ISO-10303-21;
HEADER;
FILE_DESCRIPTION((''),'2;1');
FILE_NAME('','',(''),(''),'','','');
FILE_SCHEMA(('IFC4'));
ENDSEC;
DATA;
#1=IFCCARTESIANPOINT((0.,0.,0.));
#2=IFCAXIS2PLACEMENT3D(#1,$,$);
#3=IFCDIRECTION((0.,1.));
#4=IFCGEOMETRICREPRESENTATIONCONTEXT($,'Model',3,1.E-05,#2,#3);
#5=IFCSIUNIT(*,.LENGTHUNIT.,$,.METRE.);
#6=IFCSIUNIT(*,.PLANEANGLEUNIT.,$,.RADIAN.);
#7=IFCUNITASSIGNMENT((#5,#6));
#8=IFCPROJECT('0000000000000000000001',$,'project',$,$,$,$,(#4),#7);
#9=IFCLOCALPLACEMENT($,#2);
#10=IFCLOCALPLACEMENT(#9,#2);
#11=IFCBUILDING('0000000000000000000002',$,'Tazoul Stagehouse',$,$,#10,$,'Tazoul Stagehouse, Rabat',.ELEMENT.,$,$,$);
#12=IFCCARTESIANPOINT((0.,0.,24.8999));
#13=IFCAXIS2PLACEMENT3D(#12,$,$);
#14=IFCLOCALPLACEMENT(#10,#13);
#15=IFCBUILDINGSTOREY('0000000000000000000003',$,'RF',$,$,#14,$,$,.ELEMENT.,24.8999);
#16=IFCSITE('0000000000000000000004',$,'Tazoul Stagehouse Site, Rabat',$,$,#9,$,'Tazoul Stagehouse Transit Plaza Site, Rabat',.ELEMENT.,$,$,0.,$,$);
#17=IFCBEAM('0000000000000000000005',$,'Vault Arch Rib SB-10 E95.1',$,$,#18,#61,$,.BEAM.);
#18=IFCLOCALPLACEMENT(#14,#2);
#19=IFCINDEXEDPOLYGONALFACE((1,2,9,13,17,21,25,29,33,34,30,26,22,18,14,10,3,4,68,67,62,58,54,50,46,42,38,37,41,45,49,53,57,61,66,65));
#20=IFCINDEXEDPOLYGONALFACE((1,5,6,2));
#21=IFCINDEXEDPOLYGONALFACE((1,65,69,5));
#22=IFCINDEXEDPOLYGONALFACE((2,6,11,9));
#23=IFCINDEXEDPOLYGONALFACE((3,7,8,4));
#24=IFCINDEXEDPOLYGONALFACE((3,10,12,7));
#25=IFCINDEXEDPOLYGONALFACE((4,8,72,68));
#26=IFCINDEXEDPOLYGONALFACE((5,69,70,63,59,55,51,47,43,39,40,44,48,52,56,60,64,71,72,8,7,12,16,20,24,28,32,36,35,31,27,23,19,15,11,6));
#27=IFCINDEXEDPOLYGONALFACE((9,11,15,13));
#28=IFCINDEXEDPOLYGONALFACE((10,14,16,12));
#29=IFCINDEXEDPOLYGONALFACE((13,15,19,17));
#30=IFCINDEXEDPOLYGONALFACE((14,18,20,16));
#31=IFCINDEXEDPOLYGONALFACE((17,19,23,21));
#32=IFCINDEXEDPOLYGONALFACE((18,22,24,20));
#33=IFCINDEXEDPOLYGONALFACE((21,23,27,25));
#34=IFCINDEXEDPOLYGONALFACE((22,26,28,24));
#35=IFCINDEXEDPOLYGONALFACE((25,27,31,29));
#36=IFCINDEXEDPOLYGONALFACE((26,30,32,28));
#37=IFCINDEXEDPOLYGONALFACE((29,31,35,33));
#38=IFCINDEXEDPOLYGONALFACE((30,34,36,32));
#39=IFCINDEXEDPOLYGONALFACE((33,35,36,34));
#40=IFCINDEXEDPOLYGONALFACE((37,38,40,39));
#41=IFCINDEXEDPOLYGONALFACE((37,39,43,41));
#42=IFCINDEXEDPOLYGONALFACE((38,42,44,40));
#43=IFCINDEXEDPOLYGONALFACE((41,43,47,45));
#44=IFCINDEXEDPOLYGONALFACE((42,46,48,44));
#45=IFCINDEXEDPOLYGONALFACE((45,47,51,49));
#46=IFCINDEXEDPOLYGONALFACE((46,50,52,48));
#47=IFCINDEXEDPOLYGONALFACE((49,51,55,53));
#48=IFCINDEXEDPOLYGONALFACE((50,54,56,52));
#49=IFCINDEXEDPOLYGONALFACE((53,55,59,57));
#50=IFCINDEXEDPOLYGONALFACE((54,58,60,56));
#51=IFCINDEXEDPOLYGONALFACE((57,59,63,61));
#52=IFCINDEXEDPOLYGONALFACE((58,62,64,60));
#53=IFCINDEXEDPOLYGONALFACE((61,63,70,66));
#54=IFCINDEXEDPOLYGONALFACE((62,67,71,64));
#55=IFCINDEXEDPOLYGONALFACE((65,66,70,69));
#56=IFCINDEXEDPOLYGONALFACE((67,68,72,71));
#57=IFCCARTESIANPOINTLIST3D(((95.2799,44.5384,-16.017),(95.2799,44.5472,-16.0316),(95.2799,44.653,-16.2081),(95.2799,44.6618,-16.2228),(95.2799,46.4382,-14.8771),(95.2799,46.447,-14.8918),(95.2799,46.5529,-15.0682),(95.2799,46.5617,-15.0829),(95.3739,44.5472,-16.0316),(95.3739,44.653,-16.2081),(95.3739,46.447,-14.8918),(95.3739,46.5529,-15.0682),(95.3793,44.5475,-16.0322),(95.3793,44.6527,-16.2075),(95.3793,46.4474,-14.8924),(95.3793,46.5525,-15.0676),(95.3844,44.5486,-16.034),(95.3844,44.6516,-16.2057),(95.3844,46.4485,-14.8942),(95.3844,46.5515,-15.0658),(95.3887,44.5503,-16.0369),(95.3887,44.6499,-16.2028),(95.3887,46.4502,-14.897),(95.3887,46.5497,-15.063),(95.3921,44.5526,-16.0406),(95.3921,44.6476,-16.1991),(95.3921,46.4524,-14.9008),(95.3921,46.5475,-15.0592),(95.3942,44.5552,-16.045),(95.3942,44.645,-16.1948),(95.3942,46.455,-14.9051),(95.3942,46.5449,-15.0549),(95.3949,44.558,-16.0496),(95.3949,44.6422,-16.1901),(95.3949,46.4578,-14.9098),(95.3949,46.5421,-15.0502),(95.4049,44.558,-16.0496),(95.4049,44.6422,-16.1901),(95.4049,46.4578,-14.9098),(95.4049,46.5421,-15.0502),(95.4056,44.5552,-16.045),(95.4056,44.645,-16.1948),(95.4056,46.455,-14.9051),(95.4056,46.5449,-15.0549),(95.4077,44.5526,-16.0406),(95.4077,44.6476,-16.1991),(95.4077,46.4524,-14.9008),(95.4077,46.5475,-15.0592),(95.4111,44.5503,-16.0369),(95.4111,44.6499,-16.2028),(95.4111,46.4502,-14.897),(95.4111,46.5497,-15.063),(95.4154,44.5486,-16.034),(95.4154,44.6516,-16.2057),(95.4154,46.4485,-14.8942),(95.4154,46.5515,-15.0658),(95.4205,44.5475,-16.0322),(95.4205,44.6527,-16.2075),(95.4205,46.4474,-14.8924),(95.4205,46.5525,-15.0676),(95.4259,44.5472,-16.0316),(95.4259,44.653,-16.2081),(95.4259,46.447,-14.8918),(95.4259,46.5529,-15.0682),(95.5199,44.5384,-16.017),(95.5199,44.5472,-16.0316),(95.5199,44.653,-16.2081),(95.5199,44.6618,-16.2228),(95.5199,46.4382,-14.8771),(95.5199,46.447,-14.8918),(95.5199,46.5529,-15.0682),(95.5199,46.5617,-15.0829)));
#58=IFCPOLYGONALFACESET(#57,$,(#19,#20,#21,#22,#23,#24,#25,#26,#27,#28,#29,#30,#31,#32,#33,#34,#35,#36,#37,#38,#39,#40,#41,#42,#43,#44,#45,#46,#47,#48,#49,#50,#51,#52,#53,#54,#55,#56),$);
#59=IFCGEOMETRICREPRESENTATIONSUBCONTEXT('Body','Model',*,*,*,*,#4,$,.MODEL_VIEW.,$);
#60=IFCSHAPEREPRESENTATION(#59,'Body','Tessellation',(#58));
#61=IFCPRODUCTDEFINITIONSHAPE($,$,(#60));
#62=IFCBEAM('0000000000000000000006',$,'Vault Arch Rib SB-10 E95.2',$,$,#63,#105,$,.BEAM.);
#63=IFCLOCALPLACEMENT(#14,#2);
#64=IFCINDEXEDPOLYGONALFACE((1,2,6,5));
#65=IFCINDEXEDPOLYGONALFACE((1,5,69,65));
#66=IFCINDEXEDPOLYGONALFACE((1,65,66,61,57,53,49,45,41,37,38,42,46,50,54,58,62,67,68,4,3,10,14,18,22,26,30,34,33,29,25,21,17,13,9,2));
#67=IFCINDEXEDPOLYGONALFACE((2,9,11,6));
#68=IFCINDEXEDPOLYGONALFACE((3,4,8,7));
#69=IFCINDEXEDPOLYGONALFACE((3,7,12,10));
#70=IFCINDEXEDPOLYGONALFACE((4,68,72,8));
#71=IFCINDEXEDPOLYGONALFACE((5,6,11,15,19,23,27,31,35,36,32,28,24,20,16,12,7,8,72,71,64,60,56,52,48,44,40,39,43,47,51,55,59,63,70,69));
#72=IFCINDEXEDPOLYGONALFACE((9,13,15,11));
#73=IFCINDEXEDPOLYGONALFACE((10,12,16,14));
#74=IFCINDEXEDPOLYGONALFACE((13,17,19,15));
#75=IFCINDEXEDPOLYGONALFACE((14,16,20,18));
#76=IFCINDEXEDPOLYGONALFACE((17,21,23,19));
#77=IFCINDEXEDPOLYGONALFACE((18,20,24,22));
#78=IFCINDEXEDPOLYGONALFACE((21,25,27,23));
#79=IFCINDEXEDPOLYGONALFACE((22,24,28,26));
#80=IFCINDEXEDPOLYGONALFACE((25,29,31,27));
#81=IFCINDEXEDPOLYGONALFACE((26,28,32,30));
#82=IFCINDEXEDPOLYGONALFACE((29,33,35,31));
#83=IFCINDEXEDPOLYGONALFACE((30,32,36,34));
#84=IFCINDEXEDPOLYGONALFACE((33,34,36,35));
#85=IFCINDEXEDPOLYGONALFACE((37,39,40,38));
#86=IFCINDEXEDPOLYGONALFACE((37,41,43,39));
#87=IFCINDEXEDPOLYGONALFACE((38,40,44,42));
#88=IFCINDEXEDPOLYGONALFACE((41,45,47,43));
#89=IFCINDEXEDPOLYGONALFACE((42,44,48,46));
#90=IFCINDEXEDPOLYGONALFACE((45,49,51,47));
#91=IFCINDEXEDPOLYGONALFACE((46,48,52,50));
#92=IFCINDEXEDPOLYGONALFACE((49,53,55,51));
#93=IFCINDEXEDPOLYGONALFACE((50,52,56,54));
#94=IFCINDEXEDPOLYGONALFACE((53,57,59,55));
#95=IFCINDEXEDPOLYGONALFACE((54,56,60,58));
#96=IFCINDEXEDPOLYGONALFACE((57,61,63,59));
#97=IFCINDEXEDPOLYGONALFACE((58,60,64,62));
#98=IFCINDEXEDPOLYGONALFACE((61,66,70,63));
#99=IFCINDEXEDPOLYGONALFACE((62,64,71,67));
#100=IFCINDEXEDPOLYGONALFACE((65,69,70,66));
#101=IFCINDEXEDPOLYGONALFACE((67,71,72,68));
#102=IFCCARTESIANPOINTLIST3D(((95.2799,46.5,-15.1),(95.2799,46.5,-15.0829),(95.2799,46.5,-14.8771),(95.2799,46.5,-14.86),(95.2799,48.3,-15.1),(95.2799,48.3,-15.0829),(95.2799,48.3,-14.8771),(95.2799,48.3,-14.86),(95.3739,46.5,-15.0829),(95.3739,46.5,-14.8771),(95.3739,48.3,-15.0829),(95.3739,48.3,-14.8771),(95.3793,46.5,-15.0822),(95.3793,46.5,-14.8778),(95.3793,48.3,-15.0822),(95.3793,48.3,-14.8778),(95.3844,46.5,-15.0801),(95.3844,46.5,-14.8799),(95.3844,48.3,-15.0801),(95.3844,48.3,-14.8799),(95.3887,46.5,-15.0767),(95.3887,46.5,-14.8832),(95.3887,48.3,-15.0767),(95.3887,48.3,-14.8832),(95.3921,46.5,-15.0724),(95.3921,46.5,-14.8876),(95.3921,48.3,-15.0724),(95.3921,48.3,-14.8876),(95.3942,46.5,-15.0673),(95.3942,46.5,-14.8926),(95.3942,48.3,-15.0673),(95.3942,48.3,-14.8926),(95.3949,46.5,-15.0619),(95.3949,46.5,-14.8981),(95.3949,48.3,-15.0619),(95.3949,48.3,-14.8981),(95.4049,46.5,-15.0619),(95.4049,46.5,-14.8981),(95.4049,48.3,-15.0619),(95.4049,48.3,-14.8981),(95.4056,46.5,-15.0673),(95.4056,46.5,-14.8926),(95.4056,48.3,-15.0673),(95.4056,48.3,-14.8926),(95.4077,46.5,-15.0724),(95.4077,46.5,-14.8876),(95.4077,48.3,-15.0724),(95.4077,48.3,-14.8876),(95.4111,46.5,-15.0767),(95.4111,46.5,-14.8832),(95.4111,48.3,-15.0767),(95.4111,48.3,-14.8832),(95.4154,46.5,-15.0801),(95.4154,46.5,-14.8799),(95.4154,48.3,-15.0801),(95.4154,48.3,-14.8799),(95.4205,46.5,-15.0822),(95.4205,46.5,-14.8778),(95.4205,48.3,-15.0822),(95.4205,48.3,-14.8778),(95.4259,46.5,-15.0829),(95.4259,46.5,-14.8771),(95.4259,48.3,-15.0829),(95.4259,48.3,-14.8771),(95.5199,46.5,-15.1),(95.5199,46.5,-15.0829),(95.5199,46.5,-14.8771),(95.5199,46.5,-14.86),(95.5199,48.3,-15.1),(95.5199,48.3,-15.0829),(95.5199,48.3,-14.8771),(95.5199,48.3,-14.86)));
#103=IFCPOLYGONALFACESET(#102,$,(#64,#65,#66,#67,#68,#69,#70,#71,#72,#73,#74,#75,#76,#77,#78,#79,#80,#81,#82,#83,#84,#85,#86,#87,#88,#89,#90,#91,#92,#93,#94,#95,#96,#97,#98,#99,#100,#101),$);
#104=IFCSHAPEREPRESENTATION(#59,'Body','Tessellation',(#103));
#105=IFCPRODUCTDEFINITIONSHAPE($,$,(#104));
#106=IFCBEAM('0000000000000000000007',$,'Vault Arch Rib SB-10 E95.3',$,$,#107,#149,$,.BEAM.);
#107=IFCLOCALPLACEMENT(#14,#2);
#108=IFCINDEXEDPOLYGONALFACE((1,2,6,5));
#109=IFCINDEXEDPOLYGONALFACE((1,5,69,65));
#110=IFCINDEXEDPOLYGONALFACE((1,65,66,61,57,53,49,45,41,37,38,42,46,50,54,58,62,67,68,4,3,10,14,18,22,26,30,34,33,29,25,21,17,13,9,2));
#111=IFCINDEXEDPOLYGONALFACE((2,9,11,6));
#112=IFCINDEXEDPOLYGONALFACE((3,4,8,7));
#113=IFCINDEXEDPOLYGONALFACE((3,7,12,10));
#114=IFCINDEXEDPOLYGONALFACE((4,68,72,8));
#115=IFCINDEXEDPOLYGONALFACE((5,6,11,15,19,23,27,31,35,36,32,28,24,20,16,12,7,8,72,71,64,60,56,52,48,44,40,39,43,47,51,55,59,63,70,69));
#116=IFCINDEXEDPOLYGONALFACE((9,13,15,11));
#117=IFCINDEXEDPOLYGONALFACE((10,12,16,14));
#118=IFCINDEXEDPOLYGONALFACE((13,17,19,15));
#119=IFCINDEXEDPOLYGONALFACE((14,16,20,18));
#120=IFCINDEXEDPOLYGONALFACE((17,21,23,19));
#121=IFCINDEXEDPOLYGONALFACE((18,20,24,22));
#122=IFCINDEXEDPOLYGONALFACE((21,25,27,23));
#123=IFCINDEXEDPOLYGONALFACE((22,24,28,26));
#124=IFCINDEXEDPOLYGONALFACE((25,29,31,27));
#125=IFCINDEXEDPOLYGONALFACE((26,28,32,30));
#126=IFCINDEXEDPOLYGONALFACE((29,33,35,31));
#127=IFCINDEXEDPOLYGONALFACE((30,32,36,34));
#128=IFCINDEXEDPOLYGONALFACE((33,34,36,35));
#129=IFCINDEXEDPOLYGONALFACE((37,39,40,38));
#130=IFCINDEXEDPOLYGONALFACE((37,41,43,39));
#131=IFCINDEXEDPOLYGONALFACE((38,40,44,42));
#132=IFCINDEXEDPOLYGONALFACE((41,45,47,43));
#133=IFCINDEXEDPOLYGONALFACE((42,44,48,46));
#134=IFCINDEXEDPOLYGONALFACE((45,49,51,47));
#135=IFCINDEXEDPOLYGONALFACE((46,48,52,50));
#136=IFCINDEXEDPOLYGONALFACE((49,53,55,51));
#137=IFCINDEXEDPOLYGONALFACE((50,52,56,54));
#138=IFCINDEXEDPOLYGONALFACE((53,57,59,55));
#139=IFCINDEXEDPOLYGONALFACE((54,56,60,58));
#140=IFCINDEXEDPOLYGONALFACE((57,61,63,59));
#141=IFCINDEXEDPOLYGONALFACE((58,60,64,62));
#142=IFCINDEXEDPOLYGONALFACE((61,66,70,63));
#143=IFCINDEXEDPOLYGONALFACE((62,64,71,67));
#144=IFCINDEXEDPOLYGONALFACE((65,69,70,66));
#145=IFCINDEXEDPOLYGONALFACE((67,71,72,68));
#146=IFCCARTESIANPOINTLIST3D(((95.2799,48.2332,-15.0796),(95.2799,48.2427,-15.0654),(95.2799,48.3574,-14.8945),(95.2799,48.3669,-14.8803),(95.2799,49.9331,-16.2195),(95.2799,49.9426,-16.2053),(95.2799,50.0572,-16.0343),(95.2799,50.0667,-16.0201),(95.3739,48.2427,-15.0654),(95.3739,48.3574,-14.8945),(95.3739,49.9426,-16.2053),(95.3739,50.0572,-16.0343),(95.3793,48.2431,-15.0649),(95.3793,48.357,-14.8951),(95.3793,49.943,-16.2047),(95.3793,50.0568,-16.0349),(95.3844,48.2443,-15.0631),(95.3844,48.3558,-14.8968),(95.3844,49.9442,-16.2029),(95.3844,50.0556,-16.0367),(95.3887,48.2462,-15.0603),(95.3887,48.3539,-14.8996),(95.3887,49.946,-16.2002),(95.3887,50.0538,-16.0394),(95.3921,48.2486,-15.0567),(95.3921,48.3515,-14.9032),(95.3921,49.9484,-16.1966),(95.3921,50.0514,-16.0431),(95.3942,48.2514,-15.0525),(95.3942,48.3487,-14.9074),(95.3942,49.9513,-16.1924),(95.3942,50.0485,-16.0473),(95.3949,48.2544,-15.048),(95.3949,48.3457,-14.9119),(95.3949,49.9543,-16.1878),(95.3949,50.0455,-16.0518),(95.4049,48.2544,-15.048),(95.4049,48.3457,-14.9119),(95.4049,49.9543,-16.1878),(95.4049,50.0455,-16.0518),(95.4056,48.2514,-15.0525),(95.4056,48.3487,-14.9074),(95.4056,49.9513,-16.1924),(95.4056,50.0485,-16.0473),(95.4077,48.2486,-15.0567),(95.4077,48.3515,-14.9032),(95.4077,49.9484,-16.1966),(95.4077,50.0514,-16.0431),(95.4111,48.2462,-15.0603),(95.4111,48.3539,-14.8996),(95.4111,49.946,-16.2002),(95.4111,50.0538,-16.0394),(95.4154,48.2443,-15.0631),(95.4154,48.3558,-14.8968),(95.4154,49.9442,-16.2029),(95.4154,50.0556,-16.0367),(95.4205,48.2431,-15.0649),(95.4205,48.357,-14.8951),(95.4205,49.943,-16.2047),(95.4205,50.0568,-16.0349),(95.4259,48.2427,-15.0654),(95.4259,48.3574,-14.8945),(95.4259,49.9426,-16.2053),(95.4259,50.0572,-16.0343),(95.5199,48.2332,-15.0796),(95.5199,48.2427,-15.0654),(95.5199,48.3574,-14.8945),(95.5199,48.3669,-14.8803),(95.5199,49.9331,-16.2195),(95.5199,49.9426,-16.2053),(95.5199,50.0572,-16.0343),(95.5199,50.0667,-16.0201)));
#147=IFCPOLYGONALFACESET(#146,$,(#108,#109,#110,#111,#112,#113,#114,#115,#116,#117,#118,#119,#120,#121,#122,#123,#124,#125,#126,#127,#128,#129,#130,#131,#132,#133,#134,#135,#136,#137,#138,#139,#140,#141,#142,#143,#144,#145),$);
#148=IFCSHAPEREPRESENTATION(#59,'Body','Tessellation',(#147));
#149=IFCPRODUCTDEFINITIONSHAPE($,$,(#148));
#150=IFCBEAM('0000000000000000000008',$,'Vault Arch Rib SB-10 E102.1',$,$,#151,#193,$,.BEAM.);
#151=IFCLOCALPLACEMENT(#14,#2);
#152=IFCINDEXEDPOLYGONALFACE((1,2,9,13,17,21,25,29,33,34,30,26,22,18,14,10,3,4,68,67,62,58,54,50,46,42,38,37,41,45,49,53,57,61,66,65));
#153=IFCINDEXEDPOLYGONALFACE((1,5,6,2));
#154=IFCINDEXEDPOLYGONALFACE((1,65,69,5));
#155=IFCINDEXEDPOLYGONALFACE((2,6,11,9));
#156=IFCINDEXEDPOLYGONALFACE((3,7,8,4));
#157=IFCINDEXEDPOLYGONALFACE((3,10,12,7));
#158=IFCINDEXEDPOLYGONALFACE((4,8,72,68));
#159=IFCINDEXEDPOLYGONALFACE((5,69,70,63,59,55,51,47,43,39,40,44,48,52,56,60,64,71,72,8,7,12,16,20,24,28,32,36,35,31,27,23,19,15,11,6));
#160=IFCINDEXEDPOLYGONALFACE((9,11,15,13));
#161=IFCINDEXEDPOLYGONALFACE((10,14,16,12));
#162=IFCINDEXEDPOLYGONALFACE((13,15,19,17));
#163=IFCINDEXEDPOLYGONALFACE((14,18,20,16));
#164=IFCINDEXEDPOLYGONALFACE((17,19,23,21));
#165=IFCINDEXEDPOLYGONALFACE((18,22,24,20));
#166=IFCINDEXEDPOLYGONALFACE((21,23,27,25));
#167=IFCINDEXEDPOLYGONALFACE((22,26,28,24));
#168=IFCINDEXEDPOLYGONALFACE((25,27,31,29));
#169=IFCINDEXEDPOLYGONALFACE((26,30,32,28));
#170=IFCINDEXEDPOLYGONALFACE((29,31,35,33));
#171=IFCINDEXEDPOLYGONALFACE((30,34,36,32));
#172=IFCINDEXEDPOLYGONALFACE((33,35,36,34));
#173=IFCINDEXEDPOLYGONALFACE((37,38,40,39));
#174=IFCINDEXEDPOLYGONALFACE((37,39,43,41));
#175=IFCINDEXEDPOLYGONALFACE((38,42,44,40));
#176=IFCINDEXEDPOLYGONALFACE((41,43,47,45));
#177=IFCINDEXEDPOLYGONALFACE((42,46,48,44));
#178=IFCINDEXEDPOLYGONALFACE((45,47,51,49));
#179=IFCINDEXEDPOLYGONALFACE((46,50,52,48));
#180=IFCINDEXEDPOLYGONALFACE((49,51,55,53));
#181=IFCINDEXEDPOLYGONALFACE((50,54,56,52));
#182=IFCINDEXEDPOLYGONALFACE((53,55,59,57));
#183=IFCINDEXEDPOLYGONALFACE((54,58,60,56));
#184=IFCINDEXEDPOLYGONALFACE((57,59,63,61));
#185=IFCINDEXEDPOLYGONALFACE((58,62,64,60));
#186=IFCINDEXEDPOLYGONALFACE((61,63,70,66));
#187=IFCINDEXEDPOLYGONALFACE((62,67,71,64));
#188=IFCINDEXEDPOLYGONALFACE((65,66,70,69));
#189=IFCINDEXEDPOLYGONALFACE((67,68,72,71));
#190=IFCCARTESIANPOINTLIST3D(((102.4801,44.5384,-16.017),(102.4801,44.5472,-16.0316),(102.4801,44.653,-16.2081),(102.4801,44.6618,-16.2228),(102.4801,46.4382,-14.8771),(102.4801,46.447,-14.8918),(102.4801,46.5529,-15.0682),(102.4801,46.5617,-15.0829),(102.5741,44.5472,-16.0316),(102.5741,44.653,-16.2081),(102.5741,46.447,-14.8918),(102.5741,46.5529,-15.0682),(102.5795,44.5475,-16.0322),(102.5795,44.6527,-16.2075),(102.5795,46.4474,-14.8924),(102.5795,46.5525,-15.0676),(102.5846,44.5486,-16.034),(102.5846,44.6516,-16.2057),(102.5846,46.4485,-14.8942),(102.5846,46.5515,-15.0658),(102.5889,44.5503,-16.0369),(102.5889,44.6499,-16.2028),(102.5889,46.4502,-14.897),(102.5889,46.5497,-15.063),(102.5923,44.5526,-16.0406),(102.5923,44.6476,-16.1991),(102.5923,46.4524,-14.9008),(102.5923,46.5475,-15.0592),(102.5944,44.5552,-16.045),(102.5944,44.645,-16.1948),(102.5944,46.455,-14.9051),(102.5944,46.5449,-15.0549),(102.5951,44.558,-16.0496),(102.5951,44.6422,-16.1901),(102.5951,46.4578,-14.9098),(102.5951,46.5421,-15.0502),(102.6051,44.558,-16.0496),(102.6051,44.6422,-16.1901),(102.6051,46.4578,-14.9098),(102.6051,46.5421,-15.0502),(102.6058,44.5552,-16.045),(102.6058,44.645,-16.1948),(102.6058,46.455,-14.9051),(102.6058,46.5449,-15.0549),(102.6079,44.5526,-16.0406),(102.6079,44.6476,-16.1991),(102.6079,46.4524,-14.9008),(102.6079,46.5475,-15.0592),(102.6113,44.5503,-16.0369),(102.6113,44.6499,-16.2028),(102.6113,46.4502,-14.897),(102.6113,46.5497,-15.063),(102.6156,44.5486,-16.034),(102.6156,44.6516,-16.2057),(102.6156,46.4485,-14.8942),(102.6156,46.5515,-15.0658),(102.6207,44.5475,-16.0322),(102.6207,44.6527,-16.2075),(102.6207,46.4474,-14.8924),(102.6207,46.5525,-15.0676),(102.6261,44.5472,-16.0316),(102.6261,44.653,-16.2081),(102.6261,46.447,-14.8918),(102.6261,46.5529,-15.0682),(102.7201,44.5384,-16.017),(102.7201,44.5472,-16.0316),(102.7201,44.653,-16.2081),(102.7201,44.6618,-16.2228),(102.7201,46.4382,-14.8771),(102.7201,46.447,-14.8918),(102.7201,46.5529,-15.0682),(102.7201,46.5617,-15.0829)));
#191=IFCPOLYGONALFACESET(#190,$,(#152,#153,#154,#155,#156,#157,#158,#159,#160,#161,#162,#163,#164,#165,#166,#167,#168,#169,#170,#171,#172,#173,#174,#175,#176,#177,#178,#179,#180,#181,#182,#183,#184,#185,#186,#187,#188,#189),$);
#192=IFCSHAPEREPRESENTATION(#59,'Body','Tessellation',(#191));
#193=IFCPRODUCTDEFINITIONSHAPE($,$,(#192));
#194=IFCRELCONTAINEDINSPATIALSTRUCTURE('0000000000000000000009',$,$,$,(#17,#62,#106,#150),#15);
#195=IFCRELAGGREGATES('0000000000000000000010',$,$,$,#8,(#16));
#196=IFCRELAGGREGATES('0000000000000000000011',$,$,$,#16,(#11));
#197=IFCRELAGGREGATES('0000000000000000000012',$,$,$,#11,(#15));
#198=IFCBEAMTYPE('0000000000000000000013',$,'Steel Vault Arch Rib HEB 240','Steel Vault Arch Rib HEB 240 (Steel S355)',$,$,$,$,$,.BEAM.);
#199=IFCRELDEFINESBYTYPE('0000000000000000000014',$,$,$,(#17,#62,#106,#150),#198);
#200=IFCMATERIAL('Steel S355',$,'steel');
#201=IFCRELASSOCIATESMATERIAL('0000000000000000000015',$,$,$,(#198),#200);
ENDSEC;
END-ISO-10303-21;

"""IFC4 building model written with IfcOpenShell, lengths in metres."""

from ifc_helpers import new_model, si_unit, direction, frame, origin, origin_2d, place, context, subcontext, project, spatial, i_section, extrude, material, material_profile, profile_set, type_object, element, save


model = new_model("IFC4")

# Units and contexts
model_context = context("Model", 3, precision=1e-05, world=origin(), true_north=direction((0.0, 1.0)))
body_context = subcontext(model_context, "Body", "Model", "MODEL_VIEW")
ifc_project = project(units=[si_unit("LENGTHUNIT", "METRE"), si_unit("PLANEANGLEUNIT", "RADIAN")], contexts=[model_context])

# Site, building, storey
site_placement = place(None, origin())
site = spatial("IfcSite", under=ifc_project, at=site_placement, Name="Tazoul Stagehouse Site, Rabat", LongName="Tazoul Stagehouse Transit Plaza Site, Rabat", CompositionType="ELEMENT", RefElevation=0.0)
building_placement = place(site_placement, origin())
building = spatial("IfcBuilding", under=site, at=building_placement, Name="Tazoul Stagehouse", LongName="Tazoul Stagehouse, Rabat", CompositionType="ELEMENT")
storey_placement = place(building_placement, frame((0.0, 0.0, 24.8999)))
storey = spatial("IfcBuildingStorey", under=building, at=storey_placement, Name="RF", CompositionType="ELEMENT", Elevation=24.8999)

# Beams
ifc_material_1 = material(Name="Steel S355", Category="steel")
ifc_material_profile_1 = material_profile(ifc_material_1, i_section(OverallWidth=0.24, OverallDepth=0.24, WebThickness=0.01, FlangeThickness=0.0171, FilletRadius=0.021, at=origin_2d()), Name="HEB 240")
ifc_profile_set_1 = profile_set([ifc_material_profile_1], Name="Steel S355")
beam_type = type_object("IfcBeamType", Name="Steel Vault Arch Rib HEB 240", Description="Steel Vault Arch Rib HEB 240 (Steel S355)", PredefinedType="BEAM", material=ifc_profile_set_1)
beam_1_placement = place(storey_placement, frame((95.3999, 44.6001, -16.1199), z_axis=(0.0, 0.857503, 0.51448), x_axis=(-1.0, 0.0, 0.0)))
element("IfcBeam", 1, at=beam_1_placement, inside=storey, type_object=beam_type, Name="Vault Arch Rib SB-10 E95.1", PredefinedType="BEAM", context=body_context, shape_type="SweptSolid", body=[
    extrude(i_section(OverallWidth=0.24, OverallDepth=0.24, WebThickness=0.01, FlangeThickness=0.0171, FilletRadius=0.021, at=origin_2d()), origin(), (0.0, 0.0, 1.0), 2.2156),
])
beam_2_placement = place(storey_placement, frame((95.3999, 46.5, -14.98), z_axis=(0.0, 1.0, 0.0), x_axis=(-1.0, 0.0, 0.0)))
element("IfcBeam", 2, at=beam_2_placement, inside=storey, type_object=beam_type, Name="Vault Arch Rib SB-10 E95.2", PredefinedType="BEAM", context=body_context, shape_type="SweptSolid", body=[
    extrude(i_section(OverallWidth=0.24, OverallDepth=0.24, WebThickness=0.01, FlangeThickness=0.0171, FilletRadius=0.021, at=origin_2d()), origin(), (0.0, 0.0, 1.0), 1.8),
])
beam_3_placement = place(storey_placement, frame((95.3999, 48.3, -14.98), z_axis=(0.0, 0.830561, -0.556928), x_axis=(-1.0, 0.0, 0.0)))
element("IfcBeam", 3, at=beam_3_placement, inside=storey, type_object=beam_type, Name="Vault Arch Rib SB-10 E95.3", PredefinedType="BEAM", context=body_context, shape_type="SweptSolid", body=[
    extrude(i_section(OverallWidth=0.24, OverallDepth=0.24, WebThickness=0.01, FlangeThickness=0.0171, FilletRadius=0.021, at=origin_2d()), origin(), (0.0, 0.0, 1.0), 2.0466),
])
beam_4_placement = place(storey_placement, frame((102.6001, 44.6001, -16.1199), z_axis=(0.0, 0.857503, 0.51448), x_axis=(-1.0, 0.0, 0.0)))
element("IfcBeam", 4, at=beam_4_placement, inside=storey, type_object=beam_type, Name="Vault Arch Rib SB-10 E102.1", PredefinedType="BEAM", context=body_context, shape_type="SweptSolid", body=[
    extrude(i_section(OverallWidth=0.24, OverallDepth=0.24, WebThickness=0.01, FlangeThickness=0.0171, FilletRadius=0.021, at=origin_2d()), origin(), (0.0, 0.0, 1.0), 2.2156),
])

save(model, "model.ifc")
